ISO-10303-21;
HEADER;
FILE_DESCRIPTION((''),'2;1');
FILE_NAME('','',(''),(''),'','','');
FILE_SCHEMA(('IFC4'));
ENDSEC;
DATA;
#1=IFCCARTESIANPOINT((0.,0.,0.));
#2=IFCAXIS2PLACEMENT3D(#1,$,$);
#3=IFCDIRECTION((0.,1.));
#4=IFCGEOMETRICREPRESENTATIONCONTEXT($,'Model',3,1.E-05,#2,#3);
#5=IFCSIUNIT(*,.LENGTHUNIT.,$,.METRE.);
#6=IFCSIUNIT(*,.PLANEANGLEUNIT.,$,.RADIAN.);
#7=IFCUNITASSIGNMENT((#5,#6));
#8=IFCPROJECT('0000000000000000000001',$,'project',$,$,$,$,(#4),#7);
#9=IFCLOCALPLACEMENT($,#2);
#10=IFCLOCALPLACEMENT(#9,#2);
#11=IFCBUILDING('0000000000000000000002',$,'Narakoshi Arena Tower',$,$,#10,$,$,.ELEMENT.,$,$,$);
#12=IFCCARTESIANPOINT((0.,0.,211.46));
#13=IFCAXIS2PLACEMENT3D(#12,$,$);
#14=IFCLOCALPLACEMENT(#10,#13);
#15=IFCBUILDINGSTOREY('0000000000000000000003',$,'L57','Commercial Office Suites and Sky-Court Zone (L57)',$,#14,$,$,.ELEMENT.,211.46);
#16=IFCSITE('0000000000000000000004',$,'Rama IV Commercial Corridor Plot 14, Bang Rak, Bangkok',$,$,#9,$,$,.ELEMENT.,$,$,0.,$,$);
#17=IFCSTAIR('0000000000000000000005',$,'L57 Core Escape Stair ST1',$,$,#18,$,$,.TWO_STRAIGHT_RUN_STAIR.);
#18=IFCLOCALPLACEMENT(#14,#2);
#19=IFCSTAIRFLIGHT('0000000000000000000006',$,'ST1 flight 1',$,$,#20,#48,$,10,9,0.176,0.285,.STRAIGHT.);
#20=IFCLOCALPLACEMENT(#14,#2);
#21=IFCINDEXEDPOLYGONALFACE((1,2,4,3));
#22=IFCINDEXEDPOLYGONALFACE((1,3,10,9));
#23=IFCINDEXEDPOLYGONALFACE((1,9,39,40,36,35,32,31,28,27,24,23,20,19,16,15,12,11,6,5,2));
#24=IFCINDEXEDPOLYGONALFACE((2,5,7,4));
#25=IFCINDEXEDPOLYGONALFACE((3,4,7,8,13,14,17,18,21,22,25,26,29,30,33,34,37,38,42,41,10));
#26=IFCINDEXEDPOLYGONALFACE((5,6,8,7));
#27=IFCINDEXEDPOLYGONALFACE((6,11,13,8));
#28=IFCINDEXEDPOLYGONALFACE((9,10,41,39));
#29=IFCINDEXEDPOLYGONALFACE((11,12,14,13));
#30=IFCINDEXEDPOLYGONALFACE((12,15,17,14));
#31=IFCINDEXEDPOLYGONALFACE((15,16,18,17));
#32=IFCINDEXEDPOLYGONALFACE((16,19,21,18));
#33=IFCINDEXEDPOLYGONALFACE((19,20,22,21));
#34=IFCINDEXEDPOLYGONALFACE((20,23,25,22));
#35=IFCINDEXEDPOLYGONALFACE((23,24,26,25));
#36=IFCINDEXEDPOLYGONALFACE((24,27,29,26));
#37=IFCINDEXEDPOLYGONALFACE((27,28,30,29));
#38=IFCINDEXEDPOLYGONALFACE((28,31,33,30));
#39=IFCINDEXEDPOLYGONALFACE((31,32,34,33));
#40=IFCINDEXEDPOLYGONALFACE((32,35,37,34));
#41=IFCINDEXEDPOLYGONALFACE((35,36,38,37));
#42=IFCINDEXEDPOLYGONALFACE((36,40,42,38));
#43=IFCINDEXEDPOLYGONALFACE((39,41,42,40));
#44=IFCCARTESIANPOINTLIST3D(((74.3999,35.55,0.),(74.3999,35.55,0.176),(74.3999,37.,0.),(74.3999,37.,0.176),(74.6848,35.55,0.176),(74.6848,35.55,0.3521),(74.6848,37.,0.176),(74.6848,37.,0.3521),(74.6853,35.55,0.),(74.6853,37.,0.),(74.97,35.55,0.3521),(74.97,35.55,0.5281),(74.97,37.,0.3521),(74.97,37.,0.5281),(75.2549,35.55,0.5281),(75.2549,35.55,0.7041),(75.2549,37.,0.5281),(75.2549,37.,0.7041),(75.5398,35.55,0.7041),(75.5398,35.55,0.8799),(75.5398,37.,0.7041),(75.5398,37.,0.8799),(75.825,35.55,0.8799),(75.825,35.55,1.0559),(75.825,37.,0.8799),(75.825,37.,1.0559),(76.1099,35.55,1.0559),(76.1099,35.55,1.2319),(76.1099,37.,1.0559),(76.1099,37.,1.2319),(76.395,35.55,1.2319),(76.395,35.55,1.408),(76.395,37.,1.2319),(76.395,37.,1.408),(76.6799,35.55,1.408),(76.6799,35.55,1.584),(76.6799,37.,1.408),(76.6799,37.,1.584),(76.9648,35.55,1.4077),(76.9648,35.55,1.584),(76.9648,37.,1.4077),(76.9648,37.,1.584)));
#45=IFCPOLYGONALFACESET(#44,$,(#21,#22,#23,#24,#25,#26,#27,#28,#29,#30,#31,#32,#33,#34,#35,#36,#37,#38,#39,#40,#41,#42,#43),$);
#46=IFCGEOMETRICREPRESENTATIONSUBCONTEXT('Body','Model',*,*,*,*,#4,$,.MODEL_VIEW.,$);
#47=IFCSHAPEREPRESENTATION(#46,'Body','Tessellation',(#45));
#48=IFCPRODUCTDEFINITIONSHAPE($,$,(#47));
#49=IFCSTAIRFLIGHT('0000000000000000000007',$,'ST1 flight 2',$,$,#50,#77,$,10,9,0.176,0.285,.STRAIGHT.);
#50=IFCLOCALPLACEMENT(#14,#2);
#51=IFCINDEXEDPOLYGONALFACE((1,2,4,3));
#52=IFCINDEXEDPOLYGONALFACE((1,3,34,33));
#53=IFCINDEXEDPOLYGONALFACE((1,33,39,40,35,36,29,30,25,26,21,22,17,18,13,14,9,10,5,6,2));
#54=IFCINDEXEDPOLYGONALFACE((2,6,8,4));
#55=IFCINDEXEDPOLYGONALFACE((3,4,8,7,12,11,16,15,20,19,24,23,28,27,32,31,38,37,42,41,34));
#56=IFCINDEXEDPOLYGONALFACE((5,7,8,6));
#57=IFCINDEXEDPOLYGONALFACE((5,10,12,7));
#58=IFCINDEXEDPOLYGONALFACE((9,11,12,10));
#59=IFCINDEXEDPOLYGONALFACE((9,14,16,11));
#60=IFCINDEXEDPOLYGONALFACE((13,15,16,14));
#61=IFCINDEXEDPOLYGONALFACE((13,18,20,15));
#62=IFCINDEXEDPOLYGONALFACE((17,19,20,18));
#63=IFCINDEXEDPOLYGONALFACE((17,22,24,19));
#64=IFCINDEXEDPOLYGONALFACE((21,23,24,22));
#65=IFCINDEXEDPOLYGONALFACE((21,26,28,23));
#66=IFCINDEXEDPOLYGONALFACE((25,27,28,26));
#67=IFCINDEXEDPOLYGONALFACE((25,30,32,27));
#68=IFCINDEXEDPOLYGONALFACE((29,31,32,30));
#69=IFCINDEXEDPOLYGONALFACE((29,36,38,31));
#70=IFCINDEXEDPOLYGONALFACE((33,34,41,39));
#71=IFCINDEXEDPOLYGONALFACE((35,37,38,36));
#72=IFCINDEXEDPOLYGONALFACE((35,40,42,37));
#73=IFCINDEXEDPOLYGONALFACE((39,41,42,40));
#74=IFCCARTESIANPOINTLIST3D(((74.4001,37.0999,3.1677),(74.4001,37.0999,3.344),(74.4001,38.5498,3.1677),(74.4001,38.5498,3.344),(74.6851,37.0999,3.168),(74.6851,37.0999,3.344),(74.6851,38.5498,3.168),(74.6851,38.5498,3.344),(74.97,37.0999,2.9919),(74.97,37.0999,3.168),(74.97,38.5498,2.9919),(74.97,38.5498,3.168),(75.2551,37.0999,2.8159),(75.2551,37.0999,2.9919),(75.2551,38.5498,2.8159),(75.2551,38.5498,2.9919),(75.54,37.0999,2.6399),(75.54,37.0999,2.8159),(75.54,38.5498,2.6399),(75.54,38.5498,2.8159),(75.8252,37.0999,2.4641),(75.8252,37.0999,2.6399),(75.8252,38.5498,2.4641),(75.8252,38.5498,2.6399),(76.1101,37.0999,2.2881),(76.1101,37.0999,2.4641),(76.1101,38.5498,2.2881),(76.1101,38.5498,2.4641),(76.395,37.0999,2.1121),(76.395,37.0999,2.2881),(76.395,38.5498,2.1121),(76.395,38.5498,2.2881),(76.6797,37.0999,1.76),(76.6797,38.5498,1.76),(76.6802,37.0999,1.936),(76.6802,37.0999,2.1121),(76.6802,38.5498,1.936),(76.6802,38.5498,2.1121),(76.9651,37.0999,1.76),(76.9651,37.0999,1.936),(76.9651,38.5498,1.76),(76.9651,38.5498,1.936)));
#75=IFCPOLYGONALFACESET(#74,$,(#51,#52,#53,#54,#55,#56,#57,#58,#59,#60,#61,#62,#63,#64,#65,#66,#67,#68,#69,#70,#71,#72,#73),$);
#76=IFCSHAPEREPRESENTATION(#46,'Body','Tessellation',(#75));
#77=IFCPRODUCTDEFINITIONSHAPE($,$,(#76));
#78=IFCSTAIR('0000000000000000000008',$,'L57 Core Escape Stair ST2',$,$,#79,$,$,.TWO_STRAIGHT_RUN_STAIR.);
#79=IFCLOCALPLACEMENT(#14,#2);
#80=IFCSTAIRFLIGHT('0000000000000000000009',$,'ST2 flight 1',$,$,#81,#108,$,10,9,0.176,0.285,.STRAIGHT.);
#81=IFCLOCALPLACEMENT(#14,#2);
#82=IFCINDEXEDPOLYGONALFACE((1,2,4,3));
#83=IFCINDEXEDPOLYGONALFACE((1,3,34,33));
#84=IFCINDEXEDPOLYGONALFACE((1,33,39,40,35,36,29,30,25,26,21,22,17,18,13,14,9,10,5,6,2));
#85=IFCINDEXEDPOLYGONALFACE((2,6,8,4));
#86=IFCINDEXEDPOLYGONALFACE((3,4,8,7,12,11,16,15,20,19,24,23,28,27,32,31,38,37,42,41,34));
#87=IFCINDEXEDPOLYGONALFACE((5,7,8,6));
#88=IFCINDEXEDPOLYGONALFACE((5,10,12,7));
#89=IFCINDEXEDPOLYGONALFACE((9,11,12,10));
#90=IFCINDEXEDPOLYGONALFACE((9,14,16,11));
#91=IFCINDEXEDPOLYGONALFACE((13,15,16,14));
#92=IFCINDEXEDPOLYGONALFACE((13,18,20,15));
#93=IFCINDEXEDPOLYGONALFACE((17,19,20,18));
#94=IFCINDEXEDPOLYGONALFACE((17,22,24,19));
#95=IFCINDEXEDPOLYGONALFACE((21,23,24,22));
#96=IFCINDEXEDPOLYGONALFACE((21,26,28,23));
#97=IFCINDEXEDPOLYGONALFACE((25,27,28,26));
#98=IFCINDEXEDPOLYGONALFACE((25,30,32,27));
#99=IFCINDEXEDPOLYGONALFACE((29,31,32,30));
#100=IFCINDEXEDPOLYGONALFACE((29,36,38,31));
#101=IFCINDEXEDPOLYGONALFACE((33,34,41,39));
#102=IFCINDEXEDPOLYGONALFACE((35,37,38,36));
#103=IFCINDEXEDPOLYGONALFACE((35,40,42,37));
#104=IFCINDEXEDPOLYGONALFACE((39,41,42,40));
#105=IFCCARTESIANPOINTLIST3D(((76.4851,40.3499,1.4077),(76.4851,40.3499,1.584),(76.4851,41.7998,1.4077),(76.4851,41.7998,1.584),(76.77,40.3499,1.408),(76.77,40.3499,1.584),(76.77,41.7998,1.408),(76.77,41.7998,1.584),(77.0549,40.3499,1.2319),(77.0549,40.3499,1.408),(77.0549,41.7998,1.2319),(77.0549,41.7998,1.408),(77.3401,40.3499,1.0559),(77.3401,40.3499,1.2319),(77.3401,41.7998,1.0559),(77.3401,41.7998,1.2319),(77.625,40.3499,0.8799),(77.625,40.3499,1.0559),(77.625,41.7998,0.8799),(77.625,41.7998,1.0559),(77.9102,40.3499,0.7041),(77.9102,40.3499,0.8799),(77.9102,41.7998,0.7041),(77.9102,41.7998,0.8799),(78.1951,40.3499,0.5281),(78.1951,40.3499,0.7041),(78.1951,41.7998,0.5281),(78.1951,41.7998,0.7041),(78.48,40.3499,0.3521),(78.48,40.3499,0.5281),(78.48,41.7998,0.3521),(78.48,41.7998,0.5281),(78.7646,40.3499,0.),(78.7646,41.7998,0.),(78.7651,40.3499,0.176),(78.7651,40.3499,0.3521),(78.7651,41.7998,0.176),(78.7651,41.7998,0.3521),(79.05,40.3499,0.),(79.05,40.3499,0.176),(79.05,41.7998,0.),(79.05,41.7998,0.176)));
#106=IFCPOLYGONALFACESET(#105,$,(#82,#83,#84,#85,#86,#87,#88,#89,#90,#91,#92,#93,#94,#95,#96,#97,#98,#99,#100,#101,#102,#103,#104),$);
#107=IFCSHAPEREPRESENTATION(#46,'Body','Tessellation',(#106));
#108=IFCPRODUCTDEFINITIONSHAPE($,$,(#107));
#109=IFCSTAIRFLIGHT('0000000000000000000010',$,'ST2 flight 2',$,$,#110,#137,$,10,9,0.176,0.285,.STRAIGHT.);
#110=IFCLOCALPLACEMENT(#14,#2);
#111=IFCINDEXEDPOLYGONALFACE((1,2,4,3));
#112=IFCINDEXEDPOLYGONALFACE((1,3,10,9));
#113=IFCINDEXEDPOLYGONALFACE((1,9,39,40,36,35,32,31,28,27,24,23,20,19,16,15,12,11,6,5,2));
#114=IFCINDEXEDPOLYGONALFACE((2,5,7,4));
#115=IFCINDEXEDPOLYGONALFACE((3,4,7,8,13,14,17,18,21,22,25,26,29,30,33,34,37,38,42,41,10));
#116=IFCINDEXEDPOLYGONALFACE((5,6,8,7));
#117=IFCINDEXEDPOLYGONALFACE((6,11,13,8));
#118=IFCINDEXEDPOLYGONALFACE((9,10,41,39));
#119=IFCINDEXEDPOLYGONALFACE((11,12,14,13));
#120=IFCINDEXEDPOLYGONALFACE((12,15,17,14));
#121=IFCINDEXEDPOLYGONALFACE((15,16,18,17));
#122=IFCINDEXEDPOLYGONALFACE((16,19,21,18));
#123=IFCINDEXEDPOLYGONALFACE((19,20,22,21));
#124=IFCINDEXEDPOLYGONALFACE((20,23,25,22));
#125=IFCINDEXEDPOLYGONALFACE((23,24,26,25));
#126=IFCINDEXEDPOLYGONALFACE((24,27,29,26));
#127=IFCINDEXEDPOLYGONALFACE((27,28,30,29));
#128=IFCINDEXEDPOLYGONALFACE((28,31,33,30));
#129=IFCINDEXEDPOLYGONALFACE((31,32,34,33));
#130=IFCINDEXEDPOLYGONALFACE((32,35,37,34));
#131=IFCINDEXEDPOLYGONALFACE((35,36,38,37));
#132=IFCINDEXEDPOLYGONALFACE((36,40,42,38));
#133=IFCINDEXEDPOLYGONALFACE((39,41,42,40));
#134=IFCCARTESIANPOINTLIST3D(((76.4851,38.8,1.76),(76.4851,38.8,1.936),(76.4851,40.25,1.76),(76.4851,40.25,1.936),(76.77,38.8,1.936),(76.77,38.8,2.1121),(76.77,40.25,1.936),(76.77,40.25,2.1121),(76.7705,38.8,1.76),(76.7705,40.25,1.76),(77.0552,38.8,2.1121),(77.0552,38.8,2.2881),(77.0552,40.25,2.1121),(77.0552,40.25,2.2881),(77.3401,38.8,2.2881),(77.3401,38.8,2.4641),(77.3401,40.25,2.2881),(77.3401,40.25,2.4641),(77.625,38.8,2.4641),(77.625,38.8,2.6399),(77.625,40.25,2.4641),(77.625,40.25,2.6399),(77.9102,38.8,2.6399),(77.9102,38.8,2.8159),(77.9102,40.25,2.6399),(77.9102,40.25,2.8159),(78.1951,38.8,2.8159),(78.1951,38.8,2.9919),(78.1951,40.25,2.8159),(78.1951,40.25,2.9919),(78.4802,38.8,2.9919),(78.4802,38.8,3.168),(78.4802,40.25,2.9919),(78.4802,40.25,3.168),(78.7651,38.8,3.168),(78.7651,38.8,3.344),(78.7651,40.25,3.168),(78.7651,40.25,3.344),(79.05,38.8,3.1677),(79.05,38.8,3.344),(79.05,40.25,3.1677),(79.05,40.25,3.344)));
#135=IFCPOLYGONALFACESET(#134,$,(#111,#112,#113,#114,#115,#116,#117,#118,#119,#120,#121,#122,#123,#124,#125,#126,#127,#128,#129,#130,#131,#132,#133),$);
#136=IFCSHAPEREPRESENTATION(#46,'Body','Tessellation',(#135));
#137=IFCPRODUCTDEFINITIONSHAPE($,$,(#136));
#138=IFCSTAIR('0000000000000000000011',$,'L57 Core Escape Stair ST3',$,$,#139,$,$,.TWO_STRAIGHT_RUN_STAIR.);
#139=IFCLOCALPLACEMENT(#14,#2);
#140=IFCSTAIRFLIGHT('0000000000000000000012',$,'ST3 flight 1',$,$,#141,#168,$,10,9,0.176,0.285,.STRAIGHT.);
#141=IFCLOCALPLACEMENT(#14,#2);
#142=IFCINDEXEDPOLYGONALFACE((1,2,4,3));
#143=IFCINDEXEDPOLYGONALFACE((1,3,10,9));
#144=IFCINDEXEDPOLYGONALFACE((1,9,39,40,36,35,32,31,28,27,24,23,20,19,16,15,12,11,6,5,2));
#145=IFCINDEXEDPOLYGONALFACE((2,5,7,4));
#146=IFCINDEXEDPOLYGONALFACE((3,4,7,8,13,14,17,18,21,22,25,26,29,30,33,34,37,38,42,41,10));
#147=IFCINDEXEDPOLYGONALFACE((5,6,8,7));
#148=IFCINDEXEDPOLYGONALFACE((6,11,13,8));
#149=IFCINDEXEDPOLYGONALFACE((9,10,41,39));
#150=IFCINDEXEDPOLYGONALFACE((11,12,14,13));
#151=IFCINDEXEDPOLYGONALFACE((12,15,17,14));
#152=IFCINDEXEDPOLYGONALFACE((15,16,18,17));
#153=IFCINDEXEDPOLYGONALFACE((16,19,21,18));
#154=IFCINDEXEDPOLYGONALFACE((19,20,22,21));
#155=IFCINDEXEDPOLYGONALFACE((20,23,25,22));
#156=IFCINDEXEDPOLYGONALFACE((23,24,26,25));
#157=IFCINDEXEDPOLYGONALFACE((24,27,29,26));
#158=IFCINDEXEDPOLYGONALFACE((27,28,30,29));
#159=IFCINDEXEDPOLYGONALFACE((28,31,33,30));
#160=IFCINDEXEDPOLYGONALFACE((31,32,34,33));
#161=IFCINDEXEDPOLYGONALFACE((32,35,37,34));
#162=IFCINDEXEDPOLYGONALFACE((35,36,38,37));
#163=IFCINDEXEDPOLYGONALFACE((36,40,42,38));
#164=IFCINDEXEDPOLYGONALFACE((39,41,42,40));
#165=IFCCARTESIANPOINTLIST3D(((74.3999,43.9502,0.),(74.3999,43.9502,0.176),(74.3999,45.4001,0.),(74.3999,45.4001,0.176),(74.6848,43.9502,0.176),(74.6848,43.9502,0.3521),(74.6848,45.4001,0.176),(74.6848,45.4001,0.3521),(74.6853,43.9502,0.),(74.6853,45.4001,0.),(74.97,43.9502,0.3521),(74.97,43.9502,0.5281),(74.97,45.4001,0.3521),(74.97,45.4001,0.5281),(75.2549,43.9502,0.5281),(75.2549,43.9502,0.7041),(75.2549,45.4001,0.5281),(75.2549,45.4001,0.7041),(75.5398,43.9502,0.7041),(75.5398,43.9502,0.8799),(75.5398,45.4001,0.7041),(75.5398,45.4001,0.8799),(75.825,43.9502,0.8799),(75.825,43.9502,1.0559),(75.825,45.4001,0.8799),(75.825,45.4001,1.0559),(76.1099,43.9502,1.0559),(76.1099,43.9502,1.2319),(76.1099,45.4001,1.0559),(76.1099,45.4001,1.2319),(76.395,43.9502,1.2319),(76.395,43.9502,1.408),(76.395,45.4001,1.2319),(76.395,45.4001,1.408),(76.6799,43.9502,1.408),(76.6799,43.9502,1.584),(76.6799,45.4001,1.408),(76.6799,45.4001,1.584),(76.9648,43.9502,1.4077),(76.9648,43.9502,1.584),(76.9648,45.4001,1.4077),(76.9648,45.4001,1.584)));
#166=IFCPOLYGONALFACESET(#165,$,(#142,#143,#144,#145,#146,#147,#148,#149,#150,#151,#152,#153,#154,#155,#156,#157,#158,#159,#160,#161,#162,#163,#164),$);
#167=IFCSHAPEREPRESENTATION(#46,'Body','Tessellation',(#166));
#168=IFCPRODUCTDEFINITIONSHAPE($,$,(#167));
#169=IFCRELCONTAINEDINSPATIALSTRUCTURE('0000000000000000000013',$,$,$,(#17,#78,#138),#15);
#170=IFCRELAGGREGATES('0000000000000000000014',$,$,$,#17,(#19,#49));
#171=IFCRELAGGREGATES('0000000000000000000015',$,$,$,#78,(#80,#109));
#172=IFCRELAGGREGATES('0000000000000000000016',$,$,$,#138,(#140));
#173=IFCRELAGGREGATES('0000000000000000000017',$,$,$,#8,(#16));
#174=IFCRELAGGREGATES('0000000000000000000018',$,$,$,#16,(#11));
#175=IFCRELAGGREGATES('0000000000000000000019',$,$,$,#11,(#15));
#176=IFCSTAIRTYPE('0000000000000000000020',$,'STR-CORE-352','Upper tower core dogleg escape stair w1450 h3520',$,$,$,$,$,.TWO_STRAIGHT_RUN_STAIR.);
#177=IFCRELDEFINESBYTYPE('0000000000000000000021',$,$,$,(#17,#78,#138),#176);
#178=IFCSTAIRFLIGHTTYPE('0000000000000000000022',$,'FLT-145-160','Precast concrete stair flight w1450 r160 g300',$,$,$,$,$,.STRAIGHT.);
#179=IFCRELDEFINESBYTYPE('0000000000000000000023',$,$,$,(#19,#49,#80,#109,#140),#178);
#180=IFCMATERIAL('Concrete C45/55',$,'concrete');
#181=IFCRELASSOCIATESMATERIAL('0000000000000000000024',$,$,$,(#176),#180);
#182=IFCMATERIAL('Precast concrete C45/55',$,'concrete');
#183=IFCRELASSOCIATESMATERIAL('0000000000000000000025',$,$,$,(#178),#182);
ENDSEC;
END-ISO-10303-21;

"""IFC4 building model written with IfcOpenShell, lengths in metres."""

from ifc_helpers import new_model, si_unit, direction, frame, origin, place, context, subcontext, project, spatial, polyline, outline, extrude, material, type_object, element, aggregate, save


model = new_model("IFC4")

# Units and contexts
model_context = context("Model", 3, precision=1e-05, world=origin(), true_north=direction((0.0, 1.0)))
body_context = subcontext(model_context, "Body", "Model", "MODEL_VIEW")
ifc_project = project(units=[si_unit("LENGTHUNIT", "METRE"), si_unit("PLANEANGLEUNIT", "RADIAN")], contexts=[model_context])

# Site, building, storey
site_placement = place(None, origin())
site = spatial("IfcSite", under=ifc_project, at=site_placement, Name="Rama IV Commercial Corridor Plot 14, Bang Rak, Bangkok", CompositionType="ELEMENT", RefElevation=0.0)
building_placement = place(site_placement, origin())
building = spatial("IfcBuilding", under=site, at=building_placement, Name="Narakoshi Arena Tower", CompositionType="ELEMENT")
storey_placement = place(building_placement, frame((0.0, 0.0, 211.46)))
storey = spatial("IfcBuildingStorey", under=building, at=storey_placement, Name="L57", Description="Commercial Office Suites and Sky-Court Zone (L57)", CompositionType="ELEMENT", Elevation=211.46)

# Shared definitions
ifc_material_1 = material(Name="Precast concrete C45/55", Category="concrete")

# Stairs, stair flights
ifc_material_2 = material(Name="Concrete C45/55", Category="concrete")
stair_type = type_object("IfcStairType", Name="STR-CORE-352", Description="Upper tower core dogleg escape stair w1450 h3520", PredefinedType="TWO_STRAIGHT_RUN_STAIR", material=ifc_material_2)
stair_1_placement = place(storey_placement, origin())
stair_1 = element("IfcStair", 1, at=stair_1_placement, inside=storey, type_object=stair_type, Name="L57 Core Escape Stair ST1", PredefinedType="TWO_STRAIGHT_RUN_STAIR")
stair_flight_type = type_object("IfcStairFlightType", Name="FLT-145-160", Description="Precast concrete stair flight w1450 r160 g300", PredefinedType="STRAIGHT", material=ifc_material_1)
stair_flight_1_placement = place(storey_placement, frame((74.3999, 36.2749, 0.0), z_axis=(0.0, 0.0, 1.0), x_axis=(1.0, 0.0, 0.0)))
stair_flight_1 = element("IfcStairFlight", 2, at=stair_flight_1_placement, type_object=stair_flight_type, Name="ST1 flight 1", NumberOfRisers=10, NumberOfTreads=9, PredefinedType="STRAIGHT", RiserHeight=0.176, TreadLength=0.285, context=body_context, shape_type="SweptSolid", body=[
    extrude(outline(polyline([(0.0, 0.0), (0.0, 0.176), (0.2849, 0.176), (0.2849, 0.3521), (0.5701, 0.3521), (0.5701, 0.5281), (0.855, 0.5281), (0.855, 0.7041), (1.1399, 0.7041), (1.1399, 0.8799), (1.425, 0.8799), (1.425, 1.0559), (1.71, 1.0559), (1.71, 1.2319), (1.9951, 1.2319), (1.9951, 1.408), (2.28, 1.408), (2.28, 1.584), (2.5649, 1.584), (2.5649, 1.76), (2.5649, 1.4077), (0.2854, 0.0), (0.0, 0.0)])), frame((0.0, 0.7251, 0.0), z_axis=(0.0, -1.0, 0.0), x_axis=(1.0, 0.0, 0.0)), (0.0, 0.0, 1.0), 1.45),
])
stair_flight_2_placement = place(storey_placement, frame((76.9651, 37.825, 1.76), z_axis=(0.0, 0.0, 1.0), x_axis=(-1.0, 0.0, 0.0)))
stair_flight_2 = element("IfcStairFlight", 3, at=stair_flight_2_placement, type_object=stair_flight_type, Name="ST1 flight 2", NumberOfRisers=10, NumberOfTreads=9, PredefinedType="STRAIGHT", RiserHeight=0.176, TreadLength=0.285, context=body_context, shape_type="SweptSolid", body=[
    extrude(outline(polyline([(0.0, 0.0), (0.0, 0.176), (0.2849, 0.176), (0.2849, 0.3521), (0.5701, 0.3521), (0.5701, 0.5281), (0.855, 0.5281), (0.855, 0.7041), (1.1399, 0.7041), (1.1399, 0.8799), (1.425, 0.8799), (1.425, 1.0559), (1.71, 1.0559), (1.71, 1.2319), (1.9951, 1.2319), (1.9951, 1.408), (2.28, 1.408), (2.28, 1.584), (2.5649, 1.584), (2.5649, 1.76), (2.5649, 1.4077), (0.2854, 0.0), (0.0, 0.0)])), frame((0.0, 0.7251, 0.0), z_axis=(0.0, -1.0, 0.0), x_axis=(1.0, 0.0, 0.0)), (0.0, 0.0, 1.0), 1.45),
])
aggregate(stair_1, [stair_flight_1, stair_flight_2])
stair_2_placement = place(storey_placement, origin())
stair_2 = element("IfcStair", 4, at=stair_2_placement, inside=storey, type_object=stair_type, Name="L57 Core Escape Stair ST2", PredefinedType="TWO_STRAIGHT_RUN_STAIR")
stair_flight_3_placement = place(storey_placement, frame((79.05, 41.075, 0.0), z_axis=(0.0, 0.0, 1.0), x_axis=(-1.0, 0.0, 0.0)))
stair_flight_3 = element("IfcStairFlight", 5, at=stair_flight_3_placement, type_object=stair_flight_type, Name="ST2 flight 1", NumberOfRisers=10, NumberOfTreads=9, PredefinedType="STRAIGHT", RiserHeight=0.176, TreadLength=0.285, context=body_context, shape_type="SweptSolid", body=[
    extrude(outline(polyline([(0.0, 0.0), (0.0, 0.176), (0.2849, 0.176), (0.2849, 0.3521), (0.5701, 0.3521), (0.5701, 0.5281), (0.855, 0.5281), (0.855, 0.7041), (1.1399, 0.7041), (1.1399, 0.8799), (1.425, 0.8799), (1.425, 1.0559), (1.71, 1.0559), (1.71, 1.2319), (1.9951, 1.2319), (1.9951, 1.408), (2.28, 1.408), (2.28, 1.584), (2.5649, 1.584), (2.5649, 1.76), (2.5649, 1.4077), (0.2854, 0.0), (0.0, 0.0)])), frame((0.0, 0.7251, 0.0), z_axis=(0.0, -1.0, 0.0), x_axis=(1.0, 0.0, 0.0)), (0.0, 0.0, 1.0), 1.45),
])
stair_flight_4_placement = place(storey_placement, frame((76.4851, 39.5249, 1.76), z_axis=(0.0, 0.0, 1.0), x_axis=(1.0, 0.0, 0.0)))
stair_flight_4 = element("IfcStairFlight", 6, at=stair_flight_4_placement, type_object=stair_flight_type, Name="ST2 flight 2", NumberOfRisers=10, NumberOfTreads=9, PredefinedType="STRAIGHT", RiserHeight=0.176, TreadLength=0.285, context=body_context, shape_type="SweptSolid", body=[
    extrude(outline(polyline([(0.0, 0.0), (0.0, 0.176), (0.2849, 0.176), (0.2849, 0.3521), (0.5701, 0.3521), (0.5701, 0.5281), (0.855, 0.5281), (0.855, 0.7041), (1.1399, 0.7041), (1.1399, 0.8799), (1.425, 0.8799), (1.425, 1.0559), (1.71, 1.0559), (1.71, 1.2319), (1.9951, 1.2319), (1.9951, 1.408), (2.28, 1.408), (2.28, 1.584), (2.5649, 1.584), (2.5649, 1.76), (2.5649, 1.4077), (0.2854, 0.0), (0.0, 0.0)])), frame((0.0, 0.7251, 0.0), z_axis=(0.0, -1.0, 0.0), x_axis=(1.0, 0.0, 0.0)), (0.0, 0.0, 1.0), 1.45),
])
aggregate(stair_2, [stair_flight_3, stair_flight_4])

# Stair, stair flight
stair_3_placement = place(storey_placement, origin())
stair_3 = element("IfcStair", 7, at=stair_3_placement, inside=storey, type_object=stair_type, Name="L57 Core Escape Stair ST3", PredefinedType="TWO_STRAIGHT_RUN_STAIR")
stair_flight_5_placement = place(storey_placement, frame((74.3999, 44.675, 0.0), z_axis=(0.0, 0.0, 1.0), x_axis=(1.0, 0.0, 0.0)))
stair_flight_5 = element("IfcStairFlight", 8, at=stair_flight_5_placement, type_object=stair_flight_type, Name="ST3 flight 1", NumberOfRisers=10, NumberOfTreads=9, PredefinedType="STRAIGHT", RiserHeight=0.176, TreadLength=0.285, context=body_context, shape_type="SweptSolid", body=[
    extrude(outline(polyline([(0.0, 0.0), (0.0, 0.176), (0.2849, 0.176), (0.2849, 0.3521), (0.5701, 0.3521), (0.5701, 0.5281), (0.855, 0.5281), (0.855, 0.7041), (1.1399, 0.7041), (1.1399, 0.8799), (1.425, 0.8799), (1.425, 1.0559), (1.71, 1.0559), (1.71, 1.2319), (1.9951, 1.2319), (1.9951, 1.408), (2.28, 1.408), (2.28, 1.584), (2.5649, 1.584), (2.5649, 1.76), (2.5649, 1.4077), (0.2854, 0.0), (0.0, 0.0)])), frame((0.0, 0.7251, 0.0), z_axis=(0.0, -1.0, 0.0), x_axis=(1.0, 0.0, 0.0)), (0.0, 0.0, 1.0), 1.45),
])
aggregate(stair_3, [stair_flight_5])

save(model, "model.ifc")
